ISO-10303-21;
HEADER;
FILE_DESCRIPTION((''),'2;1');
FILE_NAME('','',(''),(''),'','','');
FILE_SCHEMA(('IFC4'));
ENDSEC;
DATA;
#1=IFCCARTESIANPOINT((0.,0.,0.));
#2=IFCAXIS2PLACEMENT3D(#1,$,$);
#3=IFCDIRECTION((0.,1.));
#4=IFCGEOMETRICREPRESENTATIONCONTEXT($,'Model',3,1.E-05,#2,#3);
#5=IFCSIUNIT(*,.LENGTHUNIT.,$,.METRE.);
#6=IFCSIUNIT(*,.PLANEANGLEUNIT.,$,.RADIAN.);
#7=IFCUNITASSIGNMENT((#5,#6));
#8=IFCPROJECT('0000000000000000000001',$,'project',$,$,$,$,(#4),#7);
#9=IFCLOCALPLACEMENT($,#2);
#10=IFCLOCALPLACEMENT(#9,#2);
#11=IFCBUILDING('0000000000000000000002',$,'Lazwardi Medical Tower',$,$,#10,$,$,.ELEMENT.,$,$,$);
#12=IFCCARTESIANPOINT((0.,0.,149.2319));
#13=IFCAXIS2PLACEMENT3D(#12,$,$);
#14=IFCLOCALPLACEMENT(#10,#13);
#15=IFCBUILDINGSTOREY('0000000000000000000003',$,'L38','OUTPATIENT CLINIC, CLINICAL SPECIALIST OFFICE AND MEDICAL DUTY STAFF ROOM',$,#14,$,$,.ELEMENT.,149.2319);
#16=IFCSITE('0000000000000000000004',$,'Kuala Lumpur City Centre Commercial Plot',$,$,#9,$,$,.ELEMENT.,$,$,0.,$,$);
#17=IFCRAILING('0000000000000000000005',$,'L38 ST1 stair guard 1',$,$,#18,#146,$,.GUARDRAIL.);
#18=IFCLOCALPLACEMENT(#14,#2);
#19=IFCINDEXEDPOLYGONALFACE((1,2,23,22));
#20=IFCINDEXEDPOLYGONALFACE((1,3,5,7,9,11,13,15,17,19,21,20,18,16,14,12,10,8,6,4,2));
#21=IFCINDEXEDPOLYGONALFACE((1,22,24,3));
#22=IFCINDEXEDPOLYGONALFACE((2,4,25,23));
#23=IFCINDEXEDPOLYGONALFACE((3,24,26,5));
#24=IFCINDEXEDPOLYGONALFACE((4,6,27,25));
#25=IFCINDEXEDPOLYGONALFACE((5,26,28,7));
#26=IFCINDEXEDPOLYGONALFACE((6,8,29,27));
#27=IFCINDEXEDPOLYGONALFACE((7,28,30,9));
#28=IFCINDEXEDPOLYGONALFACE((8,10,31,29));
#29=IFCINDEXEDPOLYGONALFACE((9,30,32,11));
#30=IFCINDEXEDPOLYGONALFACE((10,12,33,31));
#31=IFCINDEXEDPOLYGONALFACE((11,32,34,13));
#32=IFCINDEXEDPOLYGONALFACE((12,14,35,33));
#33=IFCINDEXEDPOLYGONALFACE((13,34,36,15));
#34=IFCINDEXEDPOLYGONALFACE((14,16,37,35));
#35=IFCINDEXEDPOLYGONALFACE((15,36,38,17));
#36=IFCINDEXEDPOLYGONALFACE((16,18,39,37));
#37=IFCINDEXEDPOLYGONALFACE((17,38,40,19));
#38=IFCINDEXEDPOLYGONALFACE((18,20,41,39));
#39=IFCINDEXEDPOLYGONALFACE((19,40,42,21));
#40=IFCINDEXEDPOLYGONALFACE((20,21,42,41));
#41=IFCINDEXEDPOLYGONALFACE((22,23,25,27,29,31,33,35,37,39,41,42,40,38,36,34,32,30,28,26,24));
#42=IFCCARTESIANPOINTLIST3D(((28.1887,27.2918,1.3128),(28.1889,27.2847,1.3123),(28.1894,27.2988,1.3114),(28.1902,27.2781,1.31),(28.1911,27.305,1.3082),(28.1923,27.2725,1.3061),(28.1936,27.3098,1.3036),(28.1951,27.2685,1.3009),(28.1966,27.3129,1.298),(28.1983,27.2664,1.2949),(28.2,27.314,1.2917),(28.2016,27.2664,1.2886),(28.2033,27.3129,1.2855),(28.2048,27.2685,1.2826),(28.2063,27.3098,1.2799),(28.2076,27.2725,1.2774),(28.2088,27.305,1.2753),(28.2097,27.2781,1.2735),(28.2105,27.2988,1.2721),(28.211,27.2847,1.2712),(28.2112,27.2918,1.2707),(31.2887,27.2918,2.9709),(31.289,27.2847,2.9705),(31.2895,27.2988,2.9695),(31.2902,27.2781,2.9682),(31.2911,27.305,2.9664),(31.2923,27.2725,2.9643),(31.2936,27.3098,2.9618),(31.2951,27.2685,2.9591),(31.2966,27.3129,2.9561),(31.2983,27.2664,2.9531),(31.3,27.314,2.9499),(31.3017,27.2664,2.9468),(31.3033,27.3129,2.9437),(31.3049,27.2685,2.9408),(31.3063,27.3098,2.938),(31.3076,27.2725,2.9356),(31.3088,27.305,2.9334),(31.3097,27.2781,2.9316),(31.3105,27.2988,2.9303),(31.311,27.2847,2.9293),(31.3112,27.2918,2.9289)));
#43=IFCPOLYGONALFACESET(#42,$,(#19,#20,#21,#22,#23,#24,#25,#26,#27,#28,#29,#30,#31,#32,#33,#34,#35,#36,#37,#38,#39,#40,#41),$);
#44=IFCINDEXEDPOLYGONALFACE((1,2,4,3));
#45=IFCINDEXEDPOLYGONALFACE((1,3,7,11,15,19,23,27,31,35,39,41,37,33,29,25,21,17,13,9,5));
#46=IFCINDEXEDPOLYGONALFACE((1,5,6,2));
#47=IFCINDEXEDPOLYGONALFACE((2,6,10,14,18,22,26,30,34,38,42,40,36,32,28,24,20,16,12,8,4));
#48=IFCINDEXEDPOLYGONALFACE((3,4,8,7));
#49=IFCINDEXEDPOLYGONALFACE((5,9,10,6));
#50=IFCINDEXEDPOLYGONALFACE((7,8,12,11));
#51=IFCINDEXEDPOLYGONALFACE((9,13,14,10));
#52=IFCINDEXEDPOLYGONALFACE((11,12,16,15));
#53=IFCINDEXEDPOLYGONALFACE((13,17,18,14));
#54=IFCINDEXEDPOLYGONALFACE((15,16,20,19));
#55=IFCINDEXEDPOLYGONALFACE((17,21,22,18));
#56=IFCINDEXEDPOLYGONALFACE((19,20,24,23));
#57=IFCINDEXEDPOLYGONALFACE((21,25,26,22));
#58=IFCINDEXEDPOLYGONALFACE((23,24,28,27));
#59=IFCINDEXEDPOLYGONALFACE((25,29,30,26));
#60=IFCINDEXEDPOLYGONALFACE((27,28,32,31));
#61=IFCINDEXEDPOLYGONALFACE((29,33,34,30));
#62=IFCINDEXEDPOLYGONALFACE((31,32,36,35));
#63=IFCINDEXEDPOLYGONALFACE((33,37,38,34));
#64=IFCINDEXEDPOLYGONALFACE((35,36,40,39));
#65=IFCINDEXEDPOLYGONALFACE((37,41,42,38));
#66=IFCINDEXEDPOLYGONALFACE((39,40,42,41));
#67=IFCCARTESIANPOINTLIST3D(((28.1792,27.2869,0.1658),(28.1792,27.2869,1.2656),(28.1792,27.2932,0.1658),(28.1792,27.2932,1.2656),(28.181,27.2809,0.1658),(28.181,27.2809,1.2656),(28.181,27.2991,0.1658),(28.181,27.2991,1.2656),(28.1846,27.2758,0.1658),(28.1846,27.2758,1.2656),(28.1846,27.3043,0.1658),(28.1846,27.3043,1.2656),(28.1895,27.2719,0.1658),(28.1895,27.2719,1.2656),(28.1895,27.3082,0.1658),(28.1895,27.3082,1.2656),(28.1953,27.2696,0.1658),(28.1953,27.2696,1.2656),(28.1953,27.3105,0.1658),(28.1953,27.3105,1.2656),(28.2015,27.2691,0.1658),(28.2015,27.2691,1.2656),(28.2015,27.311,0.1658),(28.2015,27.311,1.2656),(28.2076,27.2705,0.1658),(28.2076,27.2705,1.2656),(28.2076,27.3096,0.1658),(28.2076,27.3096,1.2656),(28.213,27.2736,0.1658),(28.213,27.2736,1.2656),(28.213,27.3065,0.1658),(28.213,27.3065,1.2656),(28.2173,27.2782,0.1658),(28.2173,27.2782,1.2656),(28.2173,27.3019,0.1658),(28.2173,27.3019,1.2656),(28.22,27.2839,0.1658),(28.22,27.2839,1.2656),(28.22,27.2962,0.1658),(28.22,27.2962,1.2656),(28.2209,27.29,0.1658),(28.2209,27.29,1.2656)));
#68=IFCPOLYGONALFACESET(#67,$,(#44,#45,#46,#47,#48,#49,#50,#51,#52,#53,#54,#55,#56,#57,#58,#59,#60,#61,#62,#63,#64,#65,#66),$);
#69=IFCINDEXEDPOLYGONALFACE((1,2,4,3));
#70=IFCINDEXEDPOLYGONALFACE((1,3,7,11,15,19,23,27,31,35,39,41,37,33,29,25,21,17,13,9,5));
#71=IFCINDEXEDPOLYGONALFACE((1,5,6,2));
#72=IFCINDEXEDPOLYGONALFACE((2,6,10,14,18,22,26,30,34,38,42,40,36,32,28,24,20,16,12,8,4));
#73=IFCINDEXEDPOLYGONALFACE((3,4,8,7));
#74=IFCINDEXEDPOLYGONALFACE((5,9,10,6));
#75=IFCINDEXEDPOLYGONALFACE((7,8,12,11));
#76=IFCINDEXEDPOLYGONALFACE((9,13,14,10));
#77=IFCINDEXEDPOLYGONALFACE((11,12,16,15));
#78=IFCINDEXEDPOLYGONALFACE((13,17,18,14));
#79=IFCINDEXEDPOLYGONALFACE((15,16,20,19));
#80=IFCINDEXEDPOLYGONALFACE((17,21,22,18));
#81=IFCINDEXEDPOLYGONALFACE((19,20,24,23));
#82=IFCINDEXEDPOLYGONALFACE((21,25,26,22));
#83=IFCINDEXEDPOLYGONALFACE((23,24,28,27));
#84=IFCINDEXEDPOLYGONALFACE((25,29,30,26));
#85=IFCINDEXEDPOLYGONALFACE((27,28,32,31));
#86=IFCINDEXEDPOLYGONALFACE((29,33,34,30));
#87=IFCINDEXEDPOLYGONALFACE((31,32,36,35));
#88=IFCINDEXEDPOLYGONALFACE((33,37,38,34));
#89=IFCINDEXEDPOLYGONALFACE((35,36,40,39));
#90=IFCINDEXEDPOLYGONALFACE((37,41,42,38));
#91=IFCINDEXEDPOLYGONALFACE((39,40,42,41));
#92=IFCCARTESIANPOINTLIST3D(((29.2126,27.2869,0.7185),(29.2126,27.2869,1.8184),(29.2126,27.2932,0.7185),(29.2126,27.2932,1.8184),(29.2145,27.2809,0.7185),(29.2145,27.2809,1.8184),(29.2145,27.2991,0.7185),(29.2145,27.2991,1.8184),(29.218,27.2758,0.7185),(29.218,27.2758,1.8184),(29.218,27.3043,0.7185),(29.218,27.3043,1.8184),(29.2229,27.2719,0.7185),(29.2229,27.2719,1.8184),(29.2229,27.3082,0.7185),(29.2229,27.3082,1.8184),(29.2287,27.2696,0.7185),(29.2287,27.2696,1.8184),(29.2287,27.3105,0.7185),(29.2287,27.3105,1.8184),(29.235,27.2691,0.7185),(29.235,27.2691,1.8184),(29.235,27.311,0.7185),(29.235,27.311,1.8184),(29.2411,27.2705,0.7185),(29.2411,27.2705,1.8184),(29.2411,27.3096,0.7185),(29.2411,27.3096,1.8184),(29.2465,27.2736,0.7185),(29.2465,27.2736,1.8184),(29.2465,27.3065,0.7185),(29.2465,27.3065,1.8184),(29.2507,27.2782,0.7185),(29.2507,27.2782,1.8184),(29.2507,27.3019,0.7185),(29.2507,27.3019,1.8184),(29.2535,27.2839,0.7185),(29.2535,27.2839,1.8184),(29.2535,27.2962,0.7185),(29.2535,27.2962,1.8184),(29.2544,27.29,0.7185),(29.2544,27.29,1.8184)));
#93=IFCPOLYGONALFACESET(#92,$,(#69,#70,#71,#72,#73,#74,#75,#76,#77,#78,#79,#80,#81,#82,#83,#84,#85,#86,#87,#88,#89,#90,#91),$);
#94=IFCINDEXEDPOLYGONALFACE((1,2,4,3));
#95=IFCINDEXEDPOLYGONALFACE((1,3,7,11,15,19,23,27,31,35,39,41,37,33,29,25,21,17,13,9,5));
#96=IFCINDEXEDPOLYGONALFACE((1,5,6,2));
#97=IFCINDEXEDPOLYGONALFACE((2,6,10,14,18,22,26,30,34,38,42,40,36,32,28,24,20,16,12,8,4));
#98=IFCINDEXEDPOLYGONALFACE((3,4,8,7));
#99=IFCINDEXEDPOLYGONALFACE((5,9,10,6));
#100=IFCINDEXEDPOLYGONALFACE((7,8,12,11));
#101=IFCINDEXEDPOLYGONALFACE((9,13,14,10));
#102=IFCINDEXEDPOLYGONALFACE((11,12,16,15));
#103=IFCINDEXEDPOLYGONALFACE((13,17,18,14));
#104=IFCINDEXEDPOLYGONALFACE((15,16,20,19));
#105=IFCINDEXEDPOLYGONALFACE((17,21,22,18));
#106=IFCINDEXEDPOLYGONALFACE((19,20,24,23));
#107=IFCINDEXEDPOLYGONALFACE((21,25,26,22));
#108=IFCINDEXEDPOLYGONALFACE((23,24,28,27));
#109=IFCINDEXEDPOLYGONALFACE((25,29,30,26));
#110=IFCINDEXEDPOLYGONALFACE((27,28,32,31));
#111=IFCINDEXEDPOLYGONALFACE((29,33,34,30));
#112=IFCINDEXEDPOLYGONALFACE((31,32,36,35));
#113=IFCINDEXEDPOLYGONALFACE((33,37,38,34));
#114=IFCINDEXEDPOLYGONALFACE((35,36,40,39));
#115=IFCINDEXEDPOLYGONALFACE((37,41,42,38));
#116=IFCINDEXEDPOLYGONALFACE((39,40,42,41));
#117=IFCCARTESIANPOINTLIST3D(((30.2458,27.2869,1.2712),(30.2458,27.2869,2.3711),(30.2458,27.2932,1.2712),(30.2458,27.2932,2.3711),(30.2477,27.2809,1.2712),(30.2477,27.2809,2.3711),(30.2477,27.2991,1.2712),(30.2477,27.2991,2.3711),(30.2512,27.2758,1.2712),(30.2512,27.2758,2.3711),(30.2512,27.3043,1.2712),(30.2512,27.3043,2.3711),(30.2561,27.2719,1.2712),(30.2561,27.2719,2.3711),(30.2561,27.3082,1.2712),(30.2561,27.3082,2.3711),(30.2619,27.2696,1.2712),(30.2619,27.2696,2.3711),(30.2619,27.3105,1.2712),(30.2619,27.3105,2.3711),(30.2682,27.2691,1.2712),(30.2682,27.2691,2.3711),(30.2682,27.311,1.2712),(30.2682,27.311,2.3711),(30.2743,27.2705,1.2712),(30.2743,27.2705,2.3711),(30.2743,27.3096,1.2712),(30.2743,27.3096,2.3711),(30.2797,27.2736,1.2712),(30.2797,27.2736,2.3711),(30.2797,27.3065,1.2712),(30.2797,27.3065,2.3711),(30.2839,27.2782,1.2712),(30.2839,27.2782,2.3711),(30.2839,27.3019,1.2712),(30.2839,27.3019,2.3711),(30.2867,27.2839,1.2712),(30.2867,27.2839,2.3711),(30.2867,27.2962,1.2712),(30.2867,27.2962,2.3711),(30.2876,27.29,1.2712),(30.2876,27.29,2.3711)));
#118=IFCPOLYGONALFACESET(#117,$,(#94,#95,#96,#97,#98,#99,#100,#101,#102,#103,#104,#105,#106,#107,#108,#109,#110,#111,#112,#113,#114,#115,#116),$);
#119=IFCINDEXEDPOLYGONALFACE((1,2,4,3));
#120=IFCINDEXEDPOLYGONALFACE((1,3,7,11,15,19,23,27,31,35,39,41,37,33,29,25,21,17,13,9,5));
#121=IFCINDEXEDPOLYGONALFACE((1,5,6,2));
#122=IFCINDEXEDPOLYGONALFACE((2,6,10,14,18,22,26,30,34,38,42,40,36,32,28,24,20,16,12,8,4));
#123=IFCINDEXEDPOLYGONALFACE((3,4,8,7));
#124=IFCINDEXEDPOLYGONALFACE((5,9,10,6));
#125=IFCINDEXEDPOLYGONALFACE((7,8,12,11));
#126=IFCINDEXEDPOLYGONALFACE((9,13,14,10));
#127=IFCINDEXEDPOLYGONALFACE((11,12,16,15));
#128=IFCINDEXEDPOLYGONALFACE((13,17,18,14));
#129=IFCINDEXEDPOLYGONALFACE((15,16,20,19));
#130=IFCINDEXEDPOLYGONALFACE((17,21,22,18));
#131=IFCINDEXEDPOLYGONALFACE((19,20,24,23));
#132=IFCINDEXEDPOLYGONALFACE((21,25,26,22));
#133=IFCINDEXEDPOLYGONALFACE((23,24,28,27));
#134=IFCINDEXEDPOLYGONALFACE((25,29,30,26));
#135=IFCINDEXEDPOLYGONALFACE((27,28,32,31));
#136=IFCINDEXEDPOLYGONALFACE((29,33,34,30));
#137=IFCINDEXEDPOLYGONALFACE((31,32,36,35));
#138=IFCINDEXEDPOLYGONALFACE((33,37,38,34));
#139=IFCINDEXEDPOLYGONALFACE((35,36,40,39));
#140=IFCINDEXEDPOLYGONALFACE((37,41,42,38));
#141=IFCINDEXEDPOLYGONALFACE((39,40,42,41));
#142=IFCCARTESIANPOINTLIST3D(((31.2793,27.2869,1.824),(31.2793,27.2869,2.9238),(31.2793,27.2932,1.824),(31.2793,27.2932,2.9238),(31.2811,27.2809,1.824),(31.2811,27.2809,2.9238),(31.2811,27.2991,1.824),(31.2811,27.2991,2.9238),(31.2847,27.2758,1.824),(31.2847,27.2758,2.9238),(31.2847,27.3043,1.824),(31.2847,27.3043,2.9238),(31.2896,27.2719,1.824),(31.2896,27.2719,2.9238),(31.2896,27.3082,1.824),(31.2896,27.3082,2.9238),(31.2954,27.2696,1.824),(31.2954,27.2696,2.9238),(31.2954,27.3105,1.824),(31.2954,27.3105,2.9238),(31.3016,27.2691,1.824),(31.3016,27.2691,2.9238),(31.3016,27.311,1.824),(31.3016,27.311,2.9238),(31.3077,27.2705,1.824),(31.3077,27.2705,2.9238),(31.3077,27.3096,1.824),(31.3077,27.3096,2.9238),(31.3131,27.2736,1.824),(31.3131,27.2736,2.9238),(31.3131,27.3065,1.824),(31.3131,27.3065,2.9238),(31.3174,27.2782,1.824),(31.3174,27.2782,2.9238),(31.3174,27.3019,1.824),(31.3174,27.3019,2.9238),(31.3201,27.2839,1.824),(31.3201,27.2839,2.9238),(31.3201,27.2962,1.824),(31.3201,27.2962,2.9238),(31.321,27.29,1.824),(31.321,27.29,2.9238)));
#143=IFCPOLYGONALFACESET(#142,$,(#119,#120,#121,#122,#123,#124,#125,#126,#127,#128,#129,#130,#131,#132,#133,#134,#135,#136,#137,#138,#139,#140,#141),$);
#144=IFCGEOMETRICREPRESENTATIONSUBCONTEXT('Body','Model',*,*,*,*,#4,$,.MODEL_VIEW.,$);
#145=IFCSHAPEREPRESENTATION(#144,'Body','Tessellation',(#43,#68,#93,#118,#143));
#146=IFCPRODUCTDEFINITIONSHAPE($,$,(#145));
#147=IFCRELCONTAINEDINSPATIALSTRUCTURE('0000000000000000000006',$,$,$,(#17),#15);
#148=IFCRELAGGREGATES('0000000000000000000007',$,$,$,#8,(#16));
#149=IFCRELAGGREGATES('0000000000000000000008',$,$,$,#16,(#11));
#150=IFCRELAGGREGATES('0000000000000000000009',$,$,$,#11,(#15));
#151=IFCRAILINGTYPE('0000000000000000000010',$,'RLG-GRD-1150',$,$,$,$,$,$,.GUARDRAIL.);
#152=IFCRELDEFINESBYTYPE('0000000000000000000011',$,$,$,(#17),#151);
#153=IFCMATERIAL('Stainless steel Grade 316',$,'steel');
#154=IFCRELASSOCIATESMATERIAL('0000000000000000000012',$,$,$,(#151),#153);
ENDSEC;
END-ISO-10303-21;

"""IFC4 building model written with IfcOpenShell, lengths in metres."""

from ifc_helpers import new_model, si_unit, direction, frame, origin, origin_2d, place, context, subcontext, project, spatial, circle, extrude, material, type_object, element, save


model = new_model("IFC4")

# Units and contexts
model_context = context("Model", 3, precision=1e-05, world=origin(), true_north=direction((0.0, 1.0)))
body_context = subcontext(model_context, "Body", "Model", "MODEL_VIEW")
ifc_project = project(units=[si_unit("LENGTHUNIT", "METRE"), si_unit("PLANEANGLEUNIT", "RADIAN")], contexts=[model_context])

# Site, building, storey
site_placement = place(None, origin())
site = spatial("IfcSite", under=ifc_project, at=site_placement, Name="Kuala Lumpur City Centre Commercial Plot", CompositionType="ELEMENT", RefElevation=0.0)
building_placement = place(site_placement, origin())
building = spatial("IfcBuilding", under=site, at=building_placement, Name="Lazwardi Medical Tower", CompositionType="ELEMENT")
storey_placement = place(building_placement, frame((0.0, 0.0, 149.2319)))
storey = spatial("IfcBuildingStorey", under=building, at=storey_placement, Name="L38", Description="OUTPATIENT CLINIC, CLINICAL SPECIALIST OFFICE AND MEDICAL DUTY STAFF ROOM", CompositionType="ELEMENT", Elevation=149.2319)

# Railing
ifc_material_1 = material(Name="Stainless steel Grade 316", Category="steel")
railing_type_1 = type_object("IfcRailingType", Name="RLG-GRD-1150", PredefinedType="GUARDRAIL", material=ifc_material_1)
railing_1_placement = place(storey_placement, frame((28.2, 27.29, 0.1658)))
element("IfcRailing", 1, at=railing_1_placement, inside=storey, type_object=railing_type_1, Name="L38 ST1 stair guard 1", PredefinedType="GUARDRAIL", context=body_context, shape_type="SweptSolid", body=[
    extrude(circle(Radius=0.0239, at=origin_2d()), frame((0.0, 0.0, 1.126), z_axis=(0.881783, 0.0, 0.471655), x_axis=(0.0, 1.0, 0.0)), (0.0, 0.0, 1.0), 3.5156),
    extrude(circle(Radius=0.021, at=origin_2d()), origin(), (0.0, 0.0, 1.0), 1.0999),
    extrude(circle(Radius=0.021, at=origin_2d()), frame((1.0334, 0.0, 0.5527)), (0.0, 0.0, 1.0), 1.0999),
    extrude(circle(Radius=0.021, at=origin_2d()), frame((2.0667, 0.0, 1.1055)), (0.0, 0.0, 1.0), 1.0999),
    extrude(circle(Radius=0.021, at=origin_2d()), frame((3.1001, 0.0, 1.6582)), (0.0, 0.0, 1.0), 1.0999),
])

save(model, "model.ifc")
